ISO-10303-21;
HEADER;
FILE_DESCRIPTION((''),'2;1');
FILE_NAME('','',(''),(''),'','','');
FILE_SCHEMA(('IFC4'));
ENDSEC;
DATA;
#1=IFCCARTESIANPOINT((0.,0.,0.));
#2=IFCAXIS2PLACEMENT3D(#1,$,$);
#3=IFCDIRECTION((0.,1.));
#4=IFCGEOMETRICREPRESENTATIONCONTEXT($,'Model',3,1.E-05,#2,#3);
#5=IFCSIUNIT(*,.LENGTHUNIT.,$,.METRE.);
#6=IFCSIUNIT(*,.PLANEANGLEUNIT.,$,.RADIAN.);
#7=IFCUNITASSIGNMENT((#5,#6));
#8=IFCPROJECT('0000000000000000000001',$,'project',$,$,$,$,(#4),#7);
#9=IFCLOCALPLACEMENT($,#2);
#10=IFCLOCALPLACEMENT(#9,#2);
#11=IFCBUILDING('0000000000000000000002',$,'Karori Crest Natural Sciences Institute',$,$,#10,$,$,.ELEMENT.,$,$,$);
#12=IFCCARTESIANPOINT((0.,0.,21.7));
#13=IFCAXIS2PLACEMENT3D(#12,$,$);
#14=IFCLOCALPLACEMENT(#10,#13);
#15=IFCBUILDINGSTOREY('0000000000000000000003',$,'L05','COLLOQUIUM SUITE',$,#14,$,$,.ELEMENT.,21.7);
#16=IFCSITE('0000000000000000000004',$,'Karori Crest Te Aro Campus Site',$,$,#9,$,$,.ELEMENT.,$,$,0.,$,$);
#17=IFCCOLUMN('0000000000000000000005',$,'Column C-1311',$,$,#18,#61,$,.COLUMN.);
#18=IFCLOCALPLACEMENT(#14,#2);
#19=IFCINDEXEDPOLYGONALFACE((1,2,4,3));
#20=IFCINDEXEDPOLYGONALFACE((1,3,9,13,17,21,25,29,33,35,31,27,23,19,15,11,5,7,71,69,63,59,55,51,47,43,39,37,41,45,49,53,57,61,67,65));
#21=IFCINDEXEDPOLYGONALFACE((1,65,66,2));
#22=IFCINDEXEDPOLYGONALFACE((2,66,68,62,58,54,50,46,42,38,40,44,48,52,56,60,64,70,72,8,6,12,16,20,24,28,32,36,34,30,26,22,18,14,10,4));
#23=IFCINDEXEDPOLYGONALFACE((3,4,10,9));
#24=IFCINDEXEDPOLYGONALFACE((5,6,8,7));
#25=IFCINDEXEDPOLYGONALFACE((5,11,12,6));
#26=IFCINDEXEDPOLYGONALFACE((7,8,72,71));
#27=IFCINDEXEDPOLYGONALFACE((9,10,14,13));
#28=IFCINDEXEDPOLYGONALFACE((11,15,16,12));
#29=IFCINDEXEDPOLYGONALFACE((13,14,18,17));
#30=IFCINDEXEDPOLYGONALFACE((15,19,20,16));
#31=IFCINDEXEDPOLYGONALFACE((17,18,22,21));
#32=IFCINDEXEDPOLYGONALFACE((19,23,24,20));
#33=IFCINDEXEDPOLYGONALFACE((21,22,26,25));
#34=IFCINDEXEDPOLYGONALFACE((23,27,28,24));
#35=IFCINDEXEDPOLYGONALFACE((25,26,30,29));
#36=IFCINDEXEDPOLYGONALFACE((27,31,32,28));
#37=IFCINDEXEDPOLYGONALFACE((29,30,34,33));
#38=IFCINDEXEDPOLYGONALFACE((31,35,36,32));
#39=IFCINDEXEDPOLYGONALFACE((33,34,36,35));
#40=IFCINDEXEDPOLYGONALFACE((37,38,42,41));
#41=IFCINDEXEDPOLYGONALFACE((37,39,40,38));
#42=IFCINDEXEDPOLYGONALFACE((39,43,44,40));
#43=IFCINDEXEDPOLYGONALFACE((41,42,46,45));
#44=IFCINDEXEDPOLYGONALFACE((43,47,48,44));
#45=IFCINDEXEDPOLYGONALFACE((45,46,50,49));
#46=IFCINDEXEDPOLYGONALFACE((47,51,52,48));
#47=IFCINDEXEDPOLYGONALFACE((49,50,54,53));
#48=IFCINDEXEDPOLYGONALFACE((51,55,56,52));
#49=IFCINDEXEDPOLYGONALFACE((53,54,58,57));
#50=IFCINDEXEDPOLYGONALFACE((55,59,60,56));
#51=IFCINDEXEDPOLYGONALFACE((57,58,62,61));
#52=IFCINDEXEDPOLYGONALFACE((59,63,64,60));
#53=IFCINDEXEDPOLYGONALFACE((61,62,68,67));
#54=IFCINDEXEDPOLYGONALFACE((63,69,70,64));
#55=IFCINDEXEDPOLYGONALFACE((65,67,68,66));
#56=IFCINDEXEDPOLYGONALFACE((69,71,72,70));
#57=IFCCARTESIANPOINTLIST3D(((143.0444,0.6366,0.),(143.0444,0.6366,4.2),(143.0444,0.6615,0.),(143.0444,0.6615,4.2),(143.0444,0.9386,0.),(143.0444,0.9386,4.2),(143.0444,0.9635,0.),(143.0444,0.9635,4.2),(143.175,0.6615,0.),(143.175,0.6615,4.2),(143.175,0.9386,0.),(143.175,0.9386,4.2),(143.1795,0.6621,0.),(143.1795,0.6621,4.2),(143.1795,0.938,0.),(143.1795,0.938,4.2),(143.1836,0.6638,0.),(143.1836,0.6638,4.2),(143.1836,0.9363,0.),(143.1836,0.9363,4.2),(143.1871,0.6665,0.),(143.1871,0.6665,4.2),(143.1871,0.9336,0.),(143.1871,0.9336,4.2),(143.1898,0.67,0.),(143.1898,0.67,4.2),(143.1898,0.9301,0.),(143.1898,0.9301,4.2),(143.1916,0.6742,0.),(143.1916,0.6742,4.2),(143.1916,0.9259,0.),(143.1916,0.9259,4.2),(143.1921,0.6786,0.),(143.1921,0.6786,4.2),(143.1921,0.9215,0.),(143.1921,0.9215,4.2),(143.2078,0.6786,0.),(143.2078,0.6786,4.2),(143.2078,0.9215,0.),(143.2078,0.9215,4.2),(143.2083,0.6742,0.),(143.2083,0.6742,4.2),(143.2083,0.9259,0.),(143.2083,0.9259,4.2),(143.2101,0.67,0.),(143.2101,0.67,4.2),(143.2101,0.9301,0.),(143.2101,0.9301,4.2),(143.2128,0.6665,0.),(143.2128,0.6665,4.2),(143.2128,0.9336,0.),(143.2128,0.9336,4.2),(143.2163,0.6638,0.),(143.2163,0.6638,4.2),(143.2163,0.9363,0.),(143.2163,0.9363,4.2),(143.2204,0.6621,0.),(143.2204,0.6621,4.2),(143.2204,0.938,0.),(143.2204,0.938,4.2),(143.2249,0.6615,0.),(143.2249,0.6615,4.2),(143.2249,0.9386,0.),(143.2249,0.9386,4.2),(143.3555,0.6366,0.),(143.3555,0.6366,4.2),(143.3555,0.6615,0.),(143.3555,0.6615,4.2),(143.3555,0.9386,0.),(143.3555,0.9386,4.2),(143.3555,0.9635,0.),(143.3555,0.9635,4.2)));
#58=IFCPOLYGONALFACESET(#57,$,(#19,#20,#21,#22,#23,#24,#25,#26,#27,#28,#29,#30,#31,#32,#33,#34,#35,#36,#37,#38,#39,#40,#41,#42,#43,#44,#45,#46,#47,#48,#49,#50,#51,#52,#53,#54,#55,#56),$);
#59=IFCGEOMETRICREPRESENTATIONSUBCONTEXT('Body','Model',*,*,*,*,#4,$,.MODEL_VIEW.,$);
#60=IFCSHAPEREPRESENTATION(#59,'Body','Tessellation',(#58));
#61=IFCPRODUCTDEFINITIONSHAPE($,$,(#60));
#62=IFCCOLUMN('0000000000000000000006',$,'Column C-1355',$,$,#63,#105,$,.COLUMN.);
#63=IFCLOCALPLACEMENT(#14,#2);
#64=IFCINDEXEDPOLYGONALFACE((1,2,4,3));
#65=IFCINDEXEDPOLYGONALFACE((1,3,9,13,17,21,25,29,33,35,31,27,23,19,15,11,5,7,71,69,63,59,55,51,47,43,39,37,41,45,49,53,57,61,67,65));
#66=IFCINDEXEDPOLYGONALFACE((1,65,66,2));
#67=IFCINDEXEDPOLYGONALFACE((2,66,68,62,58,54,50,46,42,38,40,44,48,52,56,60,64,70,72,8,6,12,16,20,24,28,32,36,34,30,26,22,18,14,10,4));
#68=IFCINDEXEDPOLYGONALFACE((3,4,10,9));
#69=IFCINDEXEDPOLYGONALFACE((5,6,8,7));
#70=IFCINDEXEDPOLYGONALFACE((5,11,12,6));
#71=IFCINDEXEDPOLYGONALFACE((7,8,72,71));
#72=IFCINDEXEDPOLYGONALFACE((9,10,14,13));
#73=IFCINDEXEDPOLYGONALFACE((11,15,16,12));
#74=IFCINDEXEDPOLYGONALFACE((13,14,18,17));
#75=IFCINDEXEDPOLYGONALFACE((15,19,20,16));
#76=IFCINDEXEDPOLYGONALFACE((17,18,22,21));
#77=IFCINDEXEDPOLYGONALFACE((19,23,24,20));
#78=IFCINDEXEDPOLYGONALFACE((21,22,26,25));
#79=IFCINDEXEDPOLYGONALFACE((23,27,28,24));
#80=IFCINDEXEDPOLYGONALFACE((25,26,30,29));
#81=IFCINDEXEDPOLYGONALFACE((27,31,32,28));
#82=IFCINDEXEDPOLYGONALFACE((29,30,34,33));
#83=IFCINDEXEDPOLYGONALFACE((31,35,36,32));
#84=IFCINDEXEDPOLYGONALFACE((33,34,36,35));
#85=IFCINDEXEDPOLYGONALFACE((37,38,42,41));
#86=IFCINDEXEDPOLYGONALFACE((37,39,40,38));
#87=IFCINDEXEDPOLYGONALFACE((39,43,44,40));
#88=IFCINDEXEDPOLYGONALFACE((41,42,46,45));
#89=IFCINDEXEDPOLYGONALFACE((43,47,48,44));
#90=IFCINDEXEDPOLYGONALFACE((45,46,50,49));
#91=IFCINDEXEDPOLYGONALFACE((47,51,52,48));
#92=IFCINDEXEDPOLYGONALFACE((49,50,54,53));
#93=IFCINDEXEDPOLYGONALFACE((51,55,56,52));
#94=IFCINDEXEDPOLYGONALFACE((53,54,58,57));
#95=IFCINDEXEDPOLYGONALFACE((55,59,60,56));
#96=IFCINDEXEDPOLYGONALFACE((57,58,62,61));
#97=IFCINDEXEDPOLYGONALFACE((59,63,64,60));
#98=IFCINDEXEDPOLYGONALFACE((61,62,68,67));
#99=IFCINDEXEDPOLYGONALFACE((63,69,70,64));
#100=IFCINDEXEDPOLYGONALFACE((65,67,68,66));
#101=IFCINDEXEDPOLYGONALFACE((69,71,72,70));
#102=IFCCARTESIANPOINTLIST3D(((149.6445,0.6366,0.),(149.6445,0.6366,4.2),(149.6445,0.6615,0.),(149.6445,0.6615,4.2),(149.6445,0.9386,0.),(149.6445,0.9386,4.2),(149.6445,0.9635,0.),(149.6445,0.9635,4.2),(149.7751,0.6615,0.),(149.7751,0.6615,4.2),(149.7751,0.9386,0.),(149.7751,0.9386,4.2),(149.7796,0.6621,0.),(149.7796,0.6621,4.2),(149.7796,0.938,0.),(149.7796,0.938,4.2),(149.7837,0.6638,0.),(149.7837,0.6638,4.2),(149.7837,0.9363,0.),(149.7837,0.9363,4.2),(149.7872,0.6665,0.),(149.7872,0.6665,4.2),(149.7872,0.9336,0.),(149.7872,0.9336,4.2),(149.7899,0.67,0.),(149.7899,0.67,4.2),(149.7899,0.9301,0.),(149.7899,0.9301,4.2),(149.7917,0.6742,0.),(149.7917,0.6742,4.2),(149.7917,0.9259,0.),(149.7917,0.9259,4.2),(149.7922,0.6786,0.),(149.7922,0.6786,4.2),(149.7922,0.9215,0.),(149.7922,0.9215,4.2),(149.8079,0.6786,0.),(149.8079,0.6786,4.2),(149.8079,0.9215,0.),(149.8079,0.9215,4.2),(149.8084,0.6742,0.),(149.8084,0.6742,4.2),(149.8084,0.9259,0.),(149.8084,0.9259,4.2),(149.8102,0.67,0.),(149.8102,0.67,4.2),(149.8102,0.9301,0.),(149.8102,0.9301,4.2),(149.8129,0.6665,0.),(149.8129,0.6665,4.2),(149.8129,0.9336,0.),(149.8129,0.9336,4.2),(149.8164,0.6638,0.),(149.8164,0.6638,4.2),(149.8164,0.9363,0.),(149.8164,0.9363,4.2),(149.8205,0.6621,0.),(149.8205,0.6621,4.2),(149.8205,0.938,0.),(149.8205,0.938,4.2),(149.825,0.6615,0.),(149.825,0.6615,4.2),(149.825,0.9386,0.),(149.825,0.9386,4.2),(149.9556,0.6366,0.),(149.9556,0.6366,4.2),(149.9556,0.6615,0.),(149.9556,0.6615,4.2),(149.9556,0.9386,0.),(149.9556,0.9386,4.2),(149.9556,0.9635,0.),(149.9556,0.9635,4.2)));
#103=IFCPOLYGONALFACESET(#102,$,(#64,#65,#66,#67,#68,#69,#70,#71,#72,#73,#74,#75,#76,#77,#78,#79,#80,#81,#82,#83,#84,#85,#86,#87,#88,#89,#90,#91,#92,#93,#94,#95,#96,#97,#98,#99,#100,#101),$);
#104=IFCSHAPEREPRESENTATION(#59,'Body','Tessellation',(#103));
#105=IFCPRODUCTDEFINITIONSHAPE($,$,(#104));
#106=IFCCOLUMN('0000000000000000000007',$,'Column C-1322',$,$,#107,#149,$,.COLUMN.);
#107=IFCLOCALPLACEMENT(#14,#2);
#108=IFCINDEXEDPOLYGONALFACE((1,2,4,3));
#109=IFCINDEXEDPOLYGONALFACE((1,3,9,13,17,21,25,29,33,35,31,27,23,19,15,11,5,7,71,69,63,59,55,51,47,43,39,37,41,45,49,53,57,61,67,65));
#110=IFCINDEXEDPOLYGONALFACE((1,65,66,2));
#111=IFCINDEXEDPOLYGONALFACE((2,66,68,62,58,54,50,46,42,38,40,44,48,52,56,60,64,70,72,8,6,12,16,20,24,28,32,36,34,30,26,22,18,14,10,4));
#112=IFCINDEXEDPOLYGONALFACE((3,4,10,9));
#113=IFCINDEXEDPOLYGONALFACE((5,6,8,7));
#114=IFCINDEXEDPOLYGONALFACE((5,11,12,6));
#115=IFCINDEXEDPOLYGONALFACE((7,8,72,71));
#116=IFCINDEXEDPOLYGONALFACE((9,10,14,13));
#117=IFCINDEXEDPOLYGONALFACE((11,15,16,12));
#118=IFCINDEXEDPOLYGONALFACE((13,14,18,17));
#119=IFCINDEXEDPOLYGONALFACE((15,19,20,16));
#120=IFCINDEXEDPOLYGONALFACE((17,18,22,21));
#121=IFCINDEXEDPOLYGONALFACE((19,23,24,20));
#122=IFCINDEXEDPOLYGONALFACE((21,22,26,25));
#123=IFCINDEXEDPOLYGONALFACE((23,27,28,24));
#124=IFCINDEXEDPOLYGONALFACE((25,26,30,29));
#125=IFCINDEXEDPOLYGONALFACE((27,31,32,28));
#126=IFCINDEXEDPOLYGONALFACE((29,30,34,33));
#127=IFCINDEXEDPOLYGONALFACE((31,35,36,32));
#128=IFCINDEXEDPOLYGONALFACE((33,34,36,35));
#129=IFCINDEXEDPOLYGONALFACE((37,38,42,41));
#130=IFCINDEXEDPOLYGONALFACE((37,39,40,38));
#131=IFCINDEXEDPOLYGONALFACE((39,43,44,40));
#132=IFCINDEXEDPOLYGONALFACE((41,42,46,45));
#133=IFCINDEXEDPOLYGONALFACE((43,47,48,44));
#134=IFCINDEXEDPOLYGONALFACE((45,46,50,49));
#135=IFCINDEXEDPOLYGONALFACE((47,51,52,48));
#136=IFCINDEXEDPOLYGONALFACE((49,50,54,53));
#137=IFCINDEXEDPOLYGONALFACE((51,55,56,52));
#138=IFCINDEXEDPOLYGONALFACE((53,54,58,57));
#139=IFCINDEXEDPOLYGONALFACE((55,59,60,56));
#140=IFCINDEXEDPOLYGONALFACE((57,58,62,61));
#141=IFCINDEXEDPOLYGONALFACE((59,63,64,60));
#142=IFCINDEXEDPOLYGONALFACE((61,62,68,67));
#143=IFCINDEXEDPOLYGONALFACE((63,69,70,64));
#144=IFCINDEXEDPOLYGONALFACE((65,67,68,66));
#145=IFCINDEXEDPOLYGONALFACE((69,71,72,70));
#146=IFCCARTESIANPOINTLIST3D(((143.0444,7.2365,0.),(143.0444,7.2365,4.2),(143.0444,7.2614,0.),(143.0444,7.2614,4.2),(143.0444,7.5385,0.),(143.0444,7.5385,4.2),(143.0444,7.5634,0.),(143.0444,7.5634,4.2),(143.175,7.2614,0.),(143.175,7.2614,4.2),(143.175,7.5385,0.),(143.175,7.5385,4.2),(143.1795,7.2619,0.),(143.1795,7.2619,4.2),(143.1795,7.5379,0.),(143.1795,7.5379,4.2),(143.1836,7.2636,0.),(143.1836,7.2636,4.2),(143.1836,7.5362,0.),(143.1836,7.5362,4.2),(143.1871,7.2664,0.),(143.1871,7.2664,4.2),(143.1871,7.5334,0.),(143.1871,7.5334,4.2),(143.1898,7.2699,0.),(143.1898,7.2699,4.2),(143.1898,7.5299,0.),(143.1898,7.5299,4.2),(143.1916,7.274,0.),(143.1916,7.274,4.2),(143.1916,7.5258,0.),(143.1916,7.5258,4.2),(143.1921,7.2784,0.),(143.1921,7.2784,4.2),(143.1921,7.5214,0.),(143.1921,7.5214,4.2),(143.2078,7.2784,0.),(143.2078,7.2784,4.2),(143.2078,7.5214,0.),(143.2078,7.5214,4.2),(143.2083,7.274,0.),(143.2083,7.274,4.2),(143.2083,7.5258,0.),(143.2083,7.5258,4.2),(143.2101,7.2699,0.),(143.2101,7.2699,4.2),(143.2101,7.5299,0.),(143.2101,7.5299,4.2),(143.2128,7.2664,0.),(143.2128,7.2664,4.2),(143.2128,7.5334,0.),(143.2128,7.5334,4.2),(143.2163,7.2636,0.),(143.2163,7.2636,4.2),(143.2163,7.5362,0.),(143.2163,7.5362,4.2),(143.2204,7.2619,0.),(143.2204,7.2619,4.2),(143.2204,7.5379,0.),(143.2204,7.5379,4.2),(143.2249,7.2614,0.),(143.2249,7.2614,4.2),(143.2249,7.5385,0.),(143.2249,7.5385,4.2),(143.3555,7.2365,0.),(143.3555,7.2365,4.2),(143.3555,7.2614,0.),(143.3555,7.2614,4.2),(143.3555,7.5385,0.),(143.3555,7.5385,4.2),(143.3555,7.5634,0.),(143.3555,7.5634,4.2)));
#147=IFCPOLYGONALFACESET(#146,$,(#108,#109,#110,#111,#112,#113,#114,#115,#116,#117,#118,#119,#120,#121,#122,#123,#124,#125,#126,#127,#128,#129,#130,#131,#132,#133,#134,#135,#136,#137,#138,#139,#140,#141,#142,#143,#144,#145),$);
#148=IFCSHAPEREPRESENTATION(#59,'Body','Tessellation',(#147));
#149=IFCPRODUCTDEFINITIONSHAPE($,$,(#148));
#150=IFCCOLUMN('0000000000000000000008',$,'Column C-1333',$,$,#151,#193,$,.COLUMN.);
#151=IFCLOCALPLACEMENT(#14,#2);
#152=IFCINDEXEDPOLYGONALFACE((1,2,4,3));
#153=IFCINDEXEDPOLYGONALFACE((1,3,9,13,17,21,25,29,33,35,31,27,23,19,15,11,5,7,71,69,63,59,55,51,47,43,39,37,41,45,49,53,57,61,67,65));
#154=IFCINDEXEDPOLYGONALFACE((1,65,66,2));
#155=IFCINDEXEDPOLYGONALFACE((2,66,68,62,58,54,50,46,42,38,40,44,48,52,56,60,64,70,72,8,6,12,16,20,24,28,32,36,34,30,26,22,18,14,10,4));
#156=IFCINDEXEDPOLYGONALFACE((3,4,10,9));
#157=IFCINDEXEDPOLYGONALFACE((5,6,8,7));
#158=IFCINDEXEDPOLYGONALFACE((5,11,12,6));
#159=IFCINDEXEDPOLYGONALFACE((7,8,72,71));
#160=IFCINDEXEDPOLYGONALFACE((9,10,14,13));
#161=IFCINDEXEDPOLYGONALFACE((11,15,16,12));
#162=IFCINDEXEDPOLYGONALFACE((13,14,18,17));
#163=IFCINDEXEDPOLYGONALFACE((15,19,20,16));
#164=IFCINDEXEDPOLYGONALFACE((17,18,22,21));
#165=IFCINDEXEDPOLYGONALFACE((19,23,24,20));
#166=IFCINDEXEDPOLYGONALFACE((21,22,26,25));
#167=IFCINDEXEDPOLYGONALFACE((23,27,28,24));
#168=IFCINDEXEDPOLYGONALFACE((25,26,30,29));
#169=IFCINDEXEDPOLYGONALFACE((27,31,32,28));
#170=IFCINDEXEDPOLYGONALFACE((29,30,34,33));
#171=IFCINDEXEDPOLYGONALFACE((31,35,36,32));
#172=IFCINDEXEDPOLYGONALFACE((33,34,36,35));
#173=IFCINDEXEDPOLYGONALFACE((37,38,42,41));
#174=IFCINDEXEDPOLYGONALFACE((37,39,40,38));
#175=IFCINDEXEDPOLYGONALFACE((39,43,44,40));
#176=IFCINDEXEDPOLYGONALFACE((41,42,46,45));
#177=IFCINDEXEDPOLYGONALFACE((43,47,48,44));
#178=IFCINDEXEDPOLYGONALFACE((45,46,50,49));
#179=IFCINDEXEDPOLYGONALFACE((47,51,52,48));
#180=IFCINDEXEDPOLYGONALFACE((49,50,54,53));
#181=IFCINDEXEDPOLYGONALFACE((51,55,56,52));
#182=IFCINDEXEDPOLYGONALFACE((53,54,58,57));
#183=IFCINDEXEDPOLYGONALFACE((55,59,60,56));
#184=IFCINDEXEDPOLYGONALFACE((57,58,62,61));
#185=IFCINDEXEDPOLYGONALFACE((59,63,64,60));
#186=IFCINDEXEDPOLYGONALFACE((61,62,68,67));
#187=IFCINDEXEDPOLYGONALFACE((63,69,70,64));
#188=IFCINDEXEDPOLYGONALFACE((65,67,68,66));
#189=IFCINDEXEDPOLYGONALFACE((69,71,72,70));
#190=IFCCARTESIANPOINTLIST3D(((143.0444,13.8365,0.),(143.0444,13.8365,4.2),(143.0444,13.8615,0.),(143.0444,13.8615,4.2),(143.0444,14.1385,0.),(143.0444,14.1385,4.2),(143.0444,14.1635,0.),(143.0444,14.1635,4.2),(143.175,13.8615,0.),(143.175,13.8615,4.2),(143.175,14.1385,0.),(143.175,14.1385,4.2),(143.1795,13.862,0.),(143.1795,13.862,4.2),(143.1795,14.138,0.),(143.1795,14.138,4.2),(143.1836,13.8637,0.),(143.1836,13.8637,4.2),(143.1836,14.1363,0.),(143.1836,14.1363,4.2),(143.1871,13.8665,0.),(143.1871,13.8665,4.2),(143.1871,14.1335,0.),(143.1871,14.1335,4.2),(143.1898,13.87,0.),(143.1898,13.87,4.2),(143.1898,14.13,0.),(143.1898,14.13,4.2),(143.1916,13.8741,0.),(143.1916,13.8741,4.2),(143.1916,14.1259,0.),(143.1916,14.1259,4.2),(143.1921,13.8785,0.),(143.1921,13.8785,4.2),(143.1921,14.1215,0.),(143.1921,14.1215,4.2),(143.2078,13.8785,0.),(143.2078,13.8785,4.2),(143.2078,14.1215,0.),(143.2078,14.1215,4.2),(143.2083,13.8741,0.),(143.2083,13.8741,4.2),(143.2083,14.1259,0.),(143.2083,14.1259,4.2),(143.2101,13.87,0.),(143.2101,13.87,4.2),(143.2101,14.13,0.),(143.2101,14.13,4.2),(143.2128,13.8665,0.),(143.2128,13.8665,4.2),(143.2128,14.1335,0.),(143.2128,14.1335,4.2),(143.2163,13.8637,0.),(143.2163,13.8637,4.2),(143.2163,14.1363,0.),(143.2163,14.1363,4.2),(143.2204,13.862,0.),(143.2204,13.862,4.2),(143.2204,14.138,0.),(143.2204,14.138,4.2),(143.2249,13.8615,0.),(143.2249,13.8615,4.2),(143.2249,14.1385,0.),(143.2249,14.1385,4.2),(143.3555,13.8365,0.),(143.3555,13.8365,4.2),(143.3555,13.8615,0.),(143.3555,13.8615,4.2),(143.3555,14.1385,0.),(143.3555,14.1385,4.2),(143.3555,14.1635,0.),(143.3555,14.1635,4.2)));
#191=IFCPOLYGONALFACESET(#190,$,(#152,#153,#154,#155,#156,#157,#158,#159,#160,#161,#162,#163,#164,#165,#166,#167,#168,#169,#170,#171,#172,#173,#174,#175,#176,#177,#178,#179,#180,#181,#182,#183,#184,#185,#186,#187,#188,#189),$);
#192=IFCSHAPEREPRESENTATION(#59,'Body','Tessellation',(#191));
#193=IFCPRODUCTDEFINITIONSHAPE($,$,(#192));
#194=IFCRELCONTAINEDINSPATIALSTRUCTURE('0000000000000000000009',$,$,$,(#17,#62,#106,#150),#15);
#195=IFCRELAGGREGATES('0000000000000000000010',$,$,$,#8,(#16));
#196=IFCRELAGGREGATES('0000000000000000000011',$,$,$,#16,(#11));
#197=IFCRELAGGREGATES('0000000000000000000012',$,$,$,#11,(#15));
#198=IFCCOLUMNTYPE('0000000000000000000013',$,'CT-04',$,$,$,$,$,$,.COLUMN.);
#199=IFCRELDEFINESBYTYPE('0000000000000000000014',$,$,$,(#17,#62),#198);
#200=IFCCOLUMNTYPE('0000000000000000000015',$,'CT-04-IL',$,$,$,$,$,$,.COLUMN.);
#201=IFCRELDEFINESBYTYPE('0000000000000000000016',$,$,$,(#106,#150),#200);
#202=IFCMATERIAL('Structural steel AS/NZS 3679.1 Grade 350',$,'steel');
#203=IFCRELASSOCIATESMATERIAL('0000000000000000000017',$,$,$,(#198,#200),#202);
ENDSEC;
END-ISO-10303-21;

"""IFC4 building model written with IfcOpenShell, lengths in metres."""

from ifc_helpers import new_model, si_unit, direction, frame, origin, origin_2d, place, context, subcontext, project, spatial, i_section, extrude, material, material_profile, profile_set, type_object, element, save


model = new_model("IFC4")

# Units and contexts
model_context = context("Model", 3, precision=1e-05, world=origin(), true_north=direction((0.0, 1.0)))
body_context = subcontext(model_context, "Body", "Model", "MODEL_VIEW")
ifc_project = project(units=[si_unit("LENGTHUNIT", "METRE"), si_unit("PLANEANGLEUNIT", "RADIAN")], contexts=[model_context])

# Site, building, storey
site_placement = place(None, origin())
site = spatial("IfcSite", under=ifc_project, at=site_placement, Name="Karori Crest Te Aro Campus Site", CompositionType="ELEMENT", RefElevation=0.0)
building_placement = place(site_placement, origin())
building = spatial("IfcBuilding", under=site, at=building_placement, Name="Karori Crest Natural Sciences Institute", CompositionType="ELEMENT")
storey_placement = place(building_placement, frame((0.0, 0.0, 21.7)))
storey = spatial("IfcBuildingStorey", under=building, at=storey_placement, Name="L05", Description="COLLOQUIUM SUITE", CompositionType="ELEMENT", Elevation=21.7)

# Columns
ifc_material_1 = material(Name="Structural steel AS/NZS 3679.1 Grade 350", Category="steel")
ifc_material_profile_1 = material_profile(ifc_material_1, i_section(OverallWidth=0.311, OverallDepth=0.3269, WebThickness=0.0156, FlangeThickness=0.0249, FilletRadius=0.0171, at=origin_2d()), Name="310UC158")
ifc_profile_set_1 = profile_set([ifc_material_profile_1], Name="Structural steel AS/NZS 3679.1 Grade 350")
column_type_1 = type_object("IfcColumnType", Name="CT-04", PredefinedType="COLUMN", material=ifc_profile_set_1)
for number, where, z_axis, x_axis, name in (
    (1, (143.2, 0.8, 0.0), (0.0, 0.0, 1.0), (1.0, 0.0, 0.0), "Column C-1311"),
    (2, (149.8, 0.8, 0.0), (0.0, 0.0, 1.0), (1.0, 0.0, 0.0), "Column C-1355"),
):
    element("IfcColumn", number, at=place(storey_placement, frame(where, z_axis=z_axis, x_axis=x_axis)), inside=storey, type_object=column_type_1, Name=name, PredefinedType="COLUMN", context=body_context, shape_type="SweptSolid", body=[
        extrude(i_section(OverallWidth=0.311, OverallDepth=0.3269, WebThickness=0.0156, FlangeThickness=0.0249, FilletRadius=0.0171, at=origin_2d()), origin(), (0.0, 0.0, 1.0), 4.2),
    ])
ifc_material_profile_2 = material_profile(ifc_material_1, i_section(OverallWidth=0.311, OverallDepth=0.3269, WebThickness=0.0156, FlangeThickness=0.0249, FilletRadius=0.0171, at=origin_2d()), Name="310UC158")
ifc_profile_set_2 = profile_set([ifc_material_profile_2], Name="Structural steel AS/NZS 3679.1 Grade 350")
column_type_2 = type_object("IfcColumnType", Name="CT-04-IL", PredefinedType="COLUMN", material=ifc_profile_set_2)
for number, where, z_axis, x_axis, name in (
    (3, (143.2, 7.3999, 0.0), (0.0, 0.0, 1.0), (1.0, 0.0, 0.0), "Column C-1322"),
    (4, (143.2, 14.0, 0.0), (0.0, 0.0, 1.0), (1.0, 0.0, 0.0), "Column C-1333"),
):
    element("IfcColumn", number, at=place(storey_placement, frame(where, z_axis=z_axis, x_axis=x_axis)), inside=storey, type_object=column_type_2, Name=name, PredefinedType="COLUMN", context=body_context, shape_type="SweptSolid", body=[
        extrude(i_section(OverallWidth=0.311, OverallDepth=0.3269, WebThickness=0.0156, FlangeThickness=0.0249, FilletRadius=0.0171, at=origin_2d()), origin(), (0.0, 0.0, 1.0), 4.2),
    ])

save(model, "model.ifc")
